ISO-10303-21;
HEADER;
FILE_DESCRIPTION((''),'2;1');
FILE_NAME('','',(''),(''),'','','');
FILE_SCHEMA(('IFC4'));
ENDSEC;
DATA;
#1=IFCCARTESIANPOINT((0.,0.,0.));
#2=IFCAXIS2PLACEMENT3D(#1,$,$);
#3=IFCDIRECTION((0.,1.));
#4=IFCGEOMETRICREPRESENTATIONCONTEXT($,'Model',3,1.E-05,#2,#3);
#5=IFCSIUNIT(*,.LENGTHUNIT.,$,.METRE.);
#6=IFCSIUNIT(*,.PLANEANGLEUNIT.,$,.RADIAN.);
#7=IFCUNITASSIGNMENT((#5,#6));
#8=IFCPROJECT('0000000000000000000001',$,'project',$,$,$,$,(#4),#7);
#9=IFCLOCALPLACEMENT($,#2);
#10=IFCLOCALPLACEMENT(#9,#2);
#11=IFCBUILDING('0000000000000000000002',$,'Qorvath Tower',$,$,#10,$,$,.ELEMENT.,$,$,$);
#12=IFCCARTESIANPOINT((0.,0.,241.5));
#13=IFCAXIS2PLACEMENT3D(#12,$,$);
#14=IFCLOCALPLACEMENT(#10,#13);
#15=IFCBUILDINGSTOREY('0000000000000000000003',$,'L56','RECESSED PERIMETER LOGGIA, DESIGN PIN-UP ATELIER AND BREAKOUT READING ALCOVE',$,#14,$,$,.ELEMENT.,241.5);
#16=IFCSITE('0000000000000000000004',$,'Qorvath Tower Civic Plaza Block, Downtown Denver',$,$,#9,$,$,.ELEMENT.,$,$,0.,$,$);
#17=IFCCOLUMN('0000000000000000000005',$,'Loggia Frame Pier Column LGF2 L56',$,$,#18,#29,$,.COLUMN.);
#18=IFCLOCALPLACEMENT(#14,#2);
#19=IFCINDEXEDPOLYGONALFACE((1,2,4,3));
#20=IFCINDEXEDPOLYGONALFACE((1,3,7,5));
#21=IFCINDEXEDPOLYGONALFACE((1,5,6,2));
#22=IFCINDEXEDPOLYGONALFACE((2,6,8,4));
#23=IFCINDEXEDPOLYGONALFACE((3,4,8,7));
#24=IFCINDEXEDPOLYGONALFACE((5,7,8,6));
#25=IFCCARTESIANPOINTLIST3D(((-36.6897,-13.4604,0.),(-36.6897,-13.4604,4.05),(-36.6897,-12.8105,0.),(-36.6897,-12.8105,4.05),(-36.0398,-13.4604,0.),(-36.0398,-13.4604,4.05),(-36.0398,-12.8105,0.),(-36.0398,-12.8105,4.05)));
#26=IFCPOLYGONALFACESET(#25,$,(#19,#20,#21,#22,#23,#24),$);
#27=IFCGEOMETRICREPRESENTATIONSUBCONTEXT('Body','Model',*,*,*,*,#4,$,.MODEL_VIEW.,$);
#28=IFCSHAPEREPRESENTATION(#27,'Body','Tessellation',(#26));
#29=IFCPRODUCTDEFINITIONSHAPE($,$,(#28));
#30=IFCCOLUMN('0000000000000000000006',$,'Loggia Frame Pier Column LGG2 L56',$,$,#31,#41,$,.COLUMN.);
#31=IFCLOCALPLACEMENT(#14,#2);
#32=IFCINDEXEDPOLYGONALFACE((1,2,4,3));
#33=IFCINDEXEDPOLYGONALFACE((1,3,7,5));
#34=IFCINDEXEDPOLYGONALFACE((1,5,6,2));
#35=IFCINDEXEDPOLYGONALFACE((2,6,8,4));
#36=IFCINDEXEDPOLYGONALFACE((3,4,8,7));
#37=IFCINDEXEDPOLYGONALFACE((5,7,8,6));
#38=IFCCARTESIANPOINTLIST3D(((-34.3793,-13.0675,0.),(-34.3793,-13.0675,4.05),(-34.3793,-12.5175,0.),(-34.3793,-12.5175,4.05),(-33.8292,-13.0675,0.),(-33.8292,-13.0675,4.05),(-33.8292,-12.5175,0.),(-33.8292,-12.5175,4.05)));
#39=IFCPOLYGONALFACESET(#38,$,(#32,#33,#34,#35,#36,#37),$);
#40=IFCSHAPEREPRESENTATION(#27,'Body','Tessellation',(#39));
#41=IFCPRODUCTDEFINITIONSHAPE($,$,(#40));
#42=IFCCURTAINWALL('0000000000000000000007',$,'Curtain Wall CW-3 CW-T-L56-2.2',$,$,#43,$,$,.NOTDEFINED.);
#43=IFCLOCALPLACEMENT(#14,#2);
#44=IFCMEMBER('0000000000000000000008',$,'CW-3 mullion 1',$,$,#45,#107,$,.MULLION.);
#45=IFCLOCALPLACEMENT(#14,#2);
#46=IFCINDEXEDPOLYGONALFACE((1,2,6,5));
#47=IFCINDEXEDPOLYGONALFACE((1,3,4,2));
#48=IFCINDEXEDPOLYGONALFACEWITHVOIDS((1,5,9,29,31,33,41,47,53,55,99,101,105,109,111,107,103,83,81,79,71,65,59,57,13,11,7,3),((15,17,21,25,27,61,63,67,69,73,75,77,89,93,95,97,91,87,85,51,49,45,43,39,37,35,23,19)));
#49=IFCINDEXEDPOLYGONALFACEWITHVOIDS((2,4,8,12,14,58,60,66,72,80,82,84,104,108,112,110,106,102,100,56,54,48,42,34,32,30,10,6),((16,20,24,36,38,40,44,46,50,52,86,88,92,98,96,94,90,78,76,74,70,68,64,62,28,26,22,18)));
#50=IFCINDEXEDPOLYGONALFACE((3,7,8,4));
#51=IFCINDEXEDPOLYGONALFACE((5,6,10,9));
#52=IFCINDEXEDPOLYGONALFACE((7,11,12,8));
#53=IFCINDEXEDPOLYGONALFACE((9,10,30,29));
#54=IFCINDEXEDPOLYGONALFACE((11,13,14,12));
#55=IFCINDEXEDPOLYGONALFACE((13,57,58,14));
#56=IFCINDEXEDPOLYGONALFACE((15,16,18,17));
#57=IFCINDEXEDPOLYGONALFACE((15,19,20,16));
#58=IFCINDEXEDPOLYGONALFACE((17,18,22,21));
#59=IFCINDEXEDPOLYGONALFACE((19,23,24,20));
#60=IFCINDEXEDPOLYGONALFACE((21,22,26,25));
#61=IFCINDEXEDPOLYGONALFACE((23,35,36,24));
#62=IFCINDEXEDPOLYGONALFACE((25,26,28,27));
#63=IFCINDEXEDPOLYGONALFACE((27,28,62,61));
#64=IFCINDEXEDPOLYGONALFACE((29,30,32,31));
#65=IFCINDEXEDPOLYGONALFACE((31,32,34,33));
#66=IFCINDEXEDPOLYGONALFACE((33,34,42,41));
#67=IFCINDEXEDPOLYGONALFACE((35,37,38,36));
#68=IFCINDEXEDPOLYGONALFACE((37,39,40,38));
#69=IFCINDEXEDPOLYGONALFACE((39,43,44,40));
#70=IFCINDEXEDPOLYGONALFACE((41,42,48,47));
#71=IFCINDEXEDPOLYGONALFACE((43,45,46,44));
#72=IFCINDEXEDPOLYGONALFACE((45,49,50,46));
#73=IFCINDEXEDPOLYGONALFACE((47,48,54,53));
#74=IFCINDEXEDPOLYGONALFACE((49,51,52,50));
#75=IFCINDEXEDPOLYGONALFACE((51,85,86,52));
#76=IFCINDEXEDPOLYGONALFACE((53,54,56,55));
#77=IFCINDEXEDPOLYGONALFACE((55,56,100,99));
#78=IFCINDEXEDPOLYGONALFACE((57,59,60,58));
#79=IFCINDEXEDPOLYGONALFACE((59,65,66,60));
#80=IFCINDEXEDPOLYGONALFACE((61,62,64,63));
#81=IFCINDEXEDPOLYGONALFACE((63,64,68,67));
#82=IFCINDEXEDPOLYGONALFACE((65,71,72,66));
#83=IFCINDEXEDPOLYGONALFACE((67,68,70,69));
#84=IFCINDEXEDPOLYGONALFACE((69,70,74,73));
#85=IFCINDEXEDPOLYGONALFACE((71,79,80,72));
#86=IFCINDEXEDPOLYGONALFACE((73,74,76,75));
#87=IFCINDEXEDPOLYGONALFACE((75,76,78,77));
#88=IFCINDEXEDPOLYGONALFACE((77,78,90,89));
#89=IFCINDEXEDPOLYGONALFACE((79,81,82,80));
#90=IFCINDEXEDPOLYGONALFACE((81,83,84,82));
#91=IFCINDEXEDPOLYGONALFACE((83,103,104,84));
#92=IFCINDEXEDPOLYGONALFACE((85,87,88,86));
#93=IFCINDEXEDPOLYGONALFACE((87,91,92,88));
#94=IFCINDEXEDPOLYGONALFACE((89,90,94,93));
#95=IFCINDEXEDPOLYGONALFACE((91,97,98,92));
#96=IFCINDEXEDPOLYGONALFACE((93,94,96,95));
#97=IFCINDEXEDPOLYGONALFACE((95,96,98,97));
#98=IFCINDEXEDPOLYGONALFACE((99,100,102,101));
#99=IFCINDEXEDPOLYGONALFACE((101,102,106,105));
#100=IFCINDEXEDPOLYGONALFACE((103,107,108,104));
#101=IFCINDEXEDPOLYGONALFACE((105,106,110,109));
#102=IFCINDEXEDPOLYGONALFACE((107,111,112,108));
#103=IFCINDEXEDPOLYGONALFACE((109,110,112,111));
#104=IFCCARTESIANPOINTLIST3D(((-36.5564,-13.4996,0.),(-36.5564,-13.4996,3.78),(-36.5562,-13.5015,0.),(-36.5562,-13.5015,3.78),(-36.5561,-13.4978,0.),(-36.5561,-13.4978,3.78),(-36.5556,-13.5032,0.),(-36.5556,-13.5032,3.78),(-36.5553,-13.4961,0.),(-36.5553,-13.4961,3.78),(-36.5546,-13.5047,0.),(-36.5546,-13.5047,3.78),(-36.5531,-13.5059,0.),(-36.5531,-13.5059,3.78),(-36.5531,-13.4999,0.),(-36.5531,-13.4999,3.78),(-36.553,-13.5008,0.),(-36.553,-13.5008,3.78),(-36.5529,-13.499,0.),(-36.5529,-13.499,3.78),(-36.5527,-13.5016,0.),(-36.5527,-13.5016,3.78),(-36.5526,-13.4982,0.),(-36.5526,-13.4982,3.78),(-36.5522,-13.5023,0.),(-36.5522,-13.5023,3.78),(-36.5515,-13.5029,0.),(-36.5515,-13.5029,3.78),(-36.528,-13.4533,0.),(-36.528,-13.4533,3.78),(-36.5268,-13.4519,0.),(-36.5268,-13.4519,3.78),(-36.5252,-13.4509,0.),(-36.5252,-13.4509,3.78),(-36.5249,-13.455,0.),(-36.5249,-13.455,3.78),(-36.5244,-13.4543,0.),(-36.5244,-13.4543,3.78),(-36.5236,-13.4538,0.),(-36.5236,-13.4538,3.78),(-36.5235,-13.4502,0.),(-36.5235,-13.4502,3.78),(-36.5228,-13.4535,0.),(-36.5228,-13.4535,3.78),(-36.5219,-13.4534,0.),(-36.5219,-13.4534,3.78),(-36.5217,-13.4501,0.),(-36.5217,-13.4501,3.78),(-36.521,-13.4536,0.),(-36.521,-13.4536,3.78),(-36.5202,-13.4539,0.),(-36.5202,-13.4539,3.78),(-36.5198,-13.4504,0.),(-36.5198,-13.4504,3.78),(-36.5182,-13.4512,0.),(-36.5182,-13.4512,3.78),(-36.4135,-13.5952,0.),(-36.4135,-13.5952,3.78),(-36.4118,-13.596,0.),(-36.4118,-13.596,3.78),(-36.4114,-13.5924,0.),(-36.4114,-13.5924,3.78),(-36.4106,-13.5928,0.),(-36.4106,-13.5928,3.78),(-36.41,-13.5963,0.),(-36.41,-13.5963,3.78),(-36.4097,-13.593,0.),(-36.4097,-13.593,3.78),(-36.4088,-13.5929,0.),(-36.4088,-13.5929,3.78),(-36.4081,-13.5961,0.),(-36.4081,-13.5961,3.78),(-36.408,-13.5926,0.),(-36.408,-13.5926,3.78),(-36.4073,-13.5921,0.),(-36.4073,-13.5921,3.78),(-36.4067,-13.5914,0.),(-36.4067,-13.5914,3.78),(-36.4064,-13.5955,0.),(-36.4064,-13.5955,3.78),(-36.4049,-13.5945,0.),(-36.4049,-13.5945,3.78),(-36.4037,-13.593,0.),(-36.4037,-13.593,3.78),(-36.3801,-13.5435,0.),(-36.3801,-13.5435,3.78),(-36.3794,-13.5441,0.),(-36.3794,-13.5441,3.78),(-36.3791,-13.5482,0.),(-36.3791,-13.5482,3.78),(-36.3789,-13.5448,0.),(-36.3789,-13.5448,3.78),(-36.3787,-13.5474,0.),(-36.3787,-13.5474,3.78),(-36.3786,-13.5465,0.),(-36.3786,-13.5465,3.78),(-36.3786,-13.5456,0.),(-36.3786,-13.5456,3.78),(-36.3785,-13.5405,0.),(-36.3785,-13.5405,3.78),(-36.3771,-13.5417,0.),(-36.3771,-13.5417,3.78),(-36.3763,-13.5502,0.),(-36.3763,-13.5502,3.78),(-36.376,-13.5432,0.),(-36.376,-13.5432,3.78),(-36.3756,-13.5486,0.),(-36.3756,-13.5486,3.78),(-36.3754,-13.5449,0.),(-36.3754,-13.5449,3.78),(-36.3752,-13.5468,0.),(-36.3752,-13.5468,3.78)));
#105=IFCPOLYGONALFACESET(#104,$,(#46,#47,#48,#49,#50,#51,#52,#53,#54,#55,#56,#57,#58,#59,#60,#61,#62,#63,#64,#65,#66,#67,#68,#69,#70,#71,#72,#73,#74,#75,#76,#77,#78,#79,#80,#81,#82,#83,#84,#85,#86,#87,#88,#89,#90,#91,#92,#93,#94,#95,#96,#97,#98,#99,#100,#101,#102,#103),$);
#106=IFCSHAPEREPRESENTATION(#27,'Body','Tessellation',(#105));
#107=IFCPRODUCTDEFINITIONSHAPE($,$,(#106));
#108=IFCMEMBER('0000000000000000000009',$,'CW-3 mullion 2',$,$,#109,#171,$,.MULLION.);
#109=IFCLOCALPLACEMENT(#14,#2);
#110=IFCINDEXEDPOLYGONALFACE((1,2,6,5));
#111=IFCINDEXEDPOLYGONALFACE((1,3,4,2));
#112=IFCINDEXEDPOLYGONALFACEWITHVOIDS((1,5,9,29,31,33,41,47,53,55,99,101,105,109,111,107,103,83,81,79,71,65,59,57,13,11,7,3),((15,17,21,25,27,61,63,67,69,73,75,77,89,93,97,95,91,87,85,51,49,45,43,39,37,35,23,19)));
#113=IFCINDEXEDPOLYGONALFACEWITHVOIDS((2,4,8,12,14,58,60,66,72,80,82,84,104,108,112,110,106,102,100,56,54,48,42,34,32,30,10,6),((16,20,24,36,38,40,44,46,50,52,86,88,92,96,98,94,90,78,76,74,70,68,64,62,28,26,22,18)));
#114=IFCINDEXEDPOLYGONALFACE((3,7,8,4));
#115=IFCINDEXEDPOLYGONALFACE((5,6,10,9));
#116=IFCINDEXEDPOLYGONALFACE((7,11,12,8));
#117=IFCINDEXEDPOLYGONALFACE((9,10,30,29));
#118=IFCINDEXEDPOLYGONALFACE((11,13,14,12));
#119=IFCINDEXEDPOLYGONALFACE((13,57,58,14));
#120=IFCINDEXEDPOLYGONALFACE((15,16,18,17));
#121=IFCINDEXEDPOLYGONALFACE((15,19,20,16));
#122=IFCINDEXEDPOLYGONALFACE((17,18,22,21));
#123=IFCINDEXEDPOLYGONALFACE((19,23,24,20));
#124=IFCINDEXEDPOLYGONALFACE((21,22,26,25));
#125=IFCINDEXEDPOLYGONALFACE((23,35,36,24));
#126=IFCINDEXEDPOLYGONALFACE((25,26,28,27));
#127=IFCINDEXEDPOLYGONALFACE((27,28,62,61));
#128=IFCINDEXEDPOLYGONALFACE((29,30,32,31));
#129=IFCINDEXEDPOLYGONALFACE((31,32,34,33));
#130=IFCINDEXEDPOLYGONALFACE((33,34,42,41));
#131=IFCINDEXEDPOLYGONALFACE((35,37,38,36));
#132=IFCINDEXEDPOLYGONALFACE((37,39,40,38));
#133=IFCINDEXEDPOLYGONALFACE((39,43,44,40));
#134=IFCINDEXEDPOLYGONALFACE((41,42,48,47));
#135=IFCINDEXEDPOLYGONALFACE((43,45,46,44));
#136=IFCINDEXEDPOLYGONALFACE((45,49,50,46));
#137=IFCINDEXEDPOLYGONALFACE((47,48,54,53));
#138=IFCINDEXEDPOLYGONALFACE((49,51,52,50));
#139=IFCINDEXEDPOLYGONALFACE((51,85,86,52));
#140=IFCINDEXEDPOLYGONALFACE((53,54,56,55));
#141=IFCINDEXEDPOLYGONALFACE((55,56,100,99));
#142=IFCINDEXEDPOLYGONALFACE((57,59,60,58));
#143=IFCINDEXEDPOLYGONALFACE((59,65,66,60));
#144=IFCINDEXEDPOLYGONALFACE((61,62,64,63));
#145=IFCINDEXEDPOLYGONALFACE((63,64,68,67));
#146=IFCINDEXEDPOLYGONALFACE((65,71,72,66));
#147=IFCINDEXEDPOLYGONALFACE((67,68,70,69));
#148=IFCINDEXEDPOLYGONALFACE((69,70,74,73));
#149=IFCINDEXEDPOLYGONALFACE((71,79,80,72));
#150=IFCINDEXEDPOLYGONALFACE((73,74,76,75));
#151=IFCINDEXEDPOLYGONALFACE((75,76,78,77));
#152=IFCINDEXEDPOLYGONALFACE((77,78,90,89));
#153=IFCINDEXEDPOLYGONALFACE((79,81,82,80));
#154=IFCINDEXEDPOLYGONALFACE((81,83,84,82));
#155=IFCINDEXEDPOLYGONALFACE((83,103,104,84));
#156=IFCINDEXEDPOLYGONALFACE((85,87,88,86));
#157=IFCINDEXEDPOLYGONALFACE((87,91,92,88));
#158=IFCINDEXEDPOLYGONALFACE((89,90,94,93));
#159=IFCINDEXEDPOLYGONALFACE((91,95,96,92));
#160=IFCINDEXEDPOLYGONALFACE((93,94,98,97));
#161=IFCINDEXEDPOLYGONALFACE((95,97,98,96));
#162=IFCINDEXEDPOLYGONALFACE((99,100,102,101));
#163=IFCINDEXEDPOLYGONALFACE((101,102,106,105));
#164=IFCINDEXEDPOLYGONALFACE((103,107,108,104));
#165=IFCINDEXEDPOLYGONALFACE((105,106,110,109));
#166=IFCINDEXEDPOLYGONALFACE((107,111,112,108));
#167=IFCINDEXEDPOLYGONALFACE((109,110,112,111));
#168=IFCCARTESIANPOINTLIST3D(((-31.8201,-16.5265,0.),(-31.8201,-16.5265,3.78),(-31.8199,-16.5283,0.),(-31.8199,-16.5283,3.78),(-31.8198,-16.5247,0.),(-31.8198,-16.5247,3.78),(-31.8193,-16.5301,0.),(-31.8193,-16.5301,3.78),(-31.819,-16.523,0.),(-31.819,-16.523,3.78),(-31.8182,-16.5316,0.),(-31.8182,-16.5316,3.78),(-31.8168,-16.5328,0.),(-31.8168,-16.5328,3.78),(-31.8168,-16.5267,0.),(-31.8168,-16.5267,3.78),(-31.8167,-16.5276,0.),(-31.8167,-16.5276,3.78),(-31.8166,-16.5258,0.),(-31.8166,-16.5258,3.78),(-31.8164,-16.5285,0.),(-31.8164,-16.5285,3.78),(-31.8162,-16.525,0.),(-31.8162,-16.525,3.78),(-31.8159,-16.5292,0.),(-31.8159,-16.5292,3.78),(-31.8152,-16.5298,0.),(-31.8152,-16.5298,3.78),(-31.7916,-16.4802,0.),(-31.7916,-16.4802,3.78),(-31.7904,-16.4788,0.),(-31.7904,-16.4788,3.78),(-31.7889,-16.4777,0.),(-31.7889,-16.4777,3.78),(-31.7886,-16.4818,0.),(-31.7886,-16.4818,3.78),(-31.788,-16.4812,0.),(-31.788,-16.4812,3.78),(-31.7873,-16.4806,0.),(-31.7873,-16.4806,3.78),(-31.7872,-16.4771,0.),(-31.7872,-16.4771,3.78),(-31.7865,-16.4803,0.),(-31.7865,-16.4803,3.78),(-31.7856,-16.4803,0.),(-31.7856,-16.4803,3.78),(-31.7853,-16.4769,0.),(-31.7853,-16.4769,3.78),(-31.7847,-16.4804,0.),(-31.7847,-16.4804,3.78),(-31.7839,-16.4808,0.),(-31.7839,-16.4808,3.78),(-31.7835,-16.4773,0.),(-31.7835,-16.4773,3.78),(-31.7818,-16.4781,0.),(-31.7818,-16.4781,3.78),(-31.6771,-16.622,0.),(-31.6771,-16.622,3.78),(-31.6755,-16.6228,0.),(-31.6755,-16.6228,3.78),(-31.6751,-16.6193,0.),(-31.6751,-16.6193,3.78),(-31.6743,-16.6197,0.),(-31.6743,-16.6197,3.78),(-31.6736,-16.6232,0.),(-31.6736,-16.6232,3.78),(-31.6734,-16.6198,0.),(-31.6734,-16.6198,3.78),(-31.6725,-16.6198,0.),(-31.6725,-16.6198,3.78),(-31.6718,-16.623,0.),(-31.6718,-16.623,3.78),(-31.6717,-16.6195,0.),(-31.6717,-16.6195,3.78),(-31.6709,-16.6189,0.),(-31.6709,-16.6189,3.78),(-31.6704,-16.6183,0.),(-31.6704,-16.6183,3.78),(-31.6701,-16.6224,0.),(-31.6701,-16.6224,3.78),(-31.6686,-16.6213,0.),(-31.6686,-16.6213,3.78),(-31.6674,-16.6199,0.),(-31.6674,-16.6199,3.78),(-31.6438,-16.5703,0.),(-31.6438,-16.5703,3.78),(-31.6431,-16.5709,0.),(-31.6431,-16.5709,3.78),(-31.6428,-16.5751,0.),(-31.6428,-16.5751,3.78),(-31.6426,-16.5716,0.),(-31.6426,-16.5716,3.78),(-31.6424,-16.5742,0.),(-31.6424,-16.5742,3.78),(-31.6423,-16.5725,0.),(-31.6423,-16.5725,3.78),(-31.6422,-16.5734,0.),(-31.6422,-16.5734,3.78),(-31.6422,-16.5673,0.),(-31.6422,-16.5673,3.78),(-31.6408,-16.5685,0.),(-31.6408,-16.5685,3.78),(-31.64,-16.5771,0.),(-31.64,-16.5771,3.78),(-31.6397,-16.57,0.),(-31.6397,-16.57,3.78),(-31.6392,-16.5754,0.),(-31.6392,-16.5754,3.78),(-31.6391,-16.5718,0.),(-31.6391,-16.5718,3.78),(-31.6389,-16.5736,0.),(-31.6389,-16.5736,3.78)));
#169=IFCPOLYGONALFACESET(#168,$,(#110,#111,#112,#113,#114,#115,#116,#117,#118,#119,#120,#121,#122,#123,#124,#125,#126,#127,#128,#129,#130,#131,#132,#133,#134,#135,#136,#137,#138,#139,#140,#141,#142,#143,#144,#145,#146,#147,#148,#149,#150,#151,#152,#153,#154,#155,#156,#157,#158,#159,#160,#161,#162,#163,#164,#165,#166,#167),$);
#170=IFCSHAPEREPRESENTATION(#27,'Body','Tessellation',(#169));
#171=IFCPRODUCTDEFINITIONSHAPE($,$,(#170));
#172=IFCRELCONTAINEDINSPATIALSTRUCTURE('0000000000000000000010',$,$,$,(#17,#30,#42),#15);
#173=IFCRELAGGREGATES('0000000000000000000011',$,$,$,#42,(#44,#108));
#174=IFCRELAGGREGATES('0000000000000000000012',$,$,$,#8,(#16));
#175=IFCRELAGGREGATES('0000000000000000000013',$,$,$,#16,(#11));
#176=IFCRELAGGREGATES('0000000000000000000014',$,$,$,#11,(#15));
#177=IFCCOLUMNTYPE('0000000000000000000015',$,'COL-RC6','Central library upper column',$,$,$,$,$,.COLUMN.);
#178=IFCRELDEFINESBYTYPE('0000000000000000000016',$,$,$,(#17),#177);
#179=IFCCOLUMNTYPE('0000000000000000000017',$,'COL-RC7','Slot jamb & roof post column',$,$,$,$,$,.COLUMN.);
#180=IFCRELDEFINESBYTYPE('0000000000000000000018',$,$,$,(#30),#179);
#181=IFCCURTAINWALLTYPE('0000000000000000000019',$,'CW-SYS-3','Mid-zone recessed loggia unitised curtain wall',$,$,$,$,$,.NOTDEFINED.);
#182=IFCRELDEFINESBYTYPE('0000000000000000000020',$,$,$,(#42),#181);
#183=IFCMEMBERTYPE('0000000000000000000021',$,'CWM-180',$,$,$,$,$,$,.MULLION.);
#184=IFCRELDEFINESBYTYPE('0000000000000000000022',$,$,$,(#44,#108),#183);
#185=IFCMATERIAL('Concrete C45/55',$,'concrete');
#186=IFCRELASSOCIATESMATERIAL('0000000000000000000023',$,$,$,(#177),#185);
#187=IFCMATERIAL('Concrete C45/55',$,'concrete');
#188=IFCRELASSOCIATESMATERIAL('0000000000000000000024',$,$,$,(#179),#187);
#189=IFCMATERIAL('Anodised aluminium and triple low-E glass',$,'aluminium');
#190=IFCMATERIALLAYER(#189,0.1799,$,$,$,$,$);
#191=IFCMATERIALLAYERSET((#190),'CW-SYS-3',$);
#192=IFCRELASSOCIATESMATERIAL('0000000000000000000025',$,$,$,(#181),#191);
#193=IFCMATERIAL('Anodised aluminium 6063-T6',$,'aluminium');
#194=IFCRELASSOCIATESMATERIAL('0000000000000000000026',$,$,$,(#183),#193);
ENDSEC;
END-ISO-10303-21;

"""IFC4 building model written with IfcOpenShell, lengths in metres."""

from ifc_helpers import new_model, si_unit, direction, frame, origin, origin_2d, place, context, subcontext, project, spatial, rectangle, hollow_rectangle, extrude, material, layer, layer_set, material_profile, profile_set, type_object, element, aggregate, save


model = new_model("IFC4")

# Units and contexts
model_context = context("Model", 3, precision=1e-05, world=origin(), true_north=direction((0.0, 1.0)))
body_context = subcontext(model_context, "Body", "Model", "MODEL_VIEW")
ifc_project = project(units=[si_unit("LENGTHUNIT", "METRE"), si_unit("PLANEANGLEUNIT", "RADIAN")], contexts=[model_context])

# Site, building, storey
site_placement = place(None, origin())
site = spatial("IfcSite", under=ifc_project, at=site_placement, Name="Qorvath Tower Civic Plaza Block, Downtown Denver", CompositionType="ELEMENT", RefElevation=0.0)
building_placement = place(site_placement, origin())
building = spatial("IfcBuilding", under=site, at=building_placement, Name="Qorvath Tower", CompositionType="ELEMENT")
storey_placement = place(building_placement, frame((0.0, 0.0, 241.5)))
storey = spatial("IfcBuildingStorey", under=building, at=storey_placement, Name="L56", Description="RECESSED PERIMETER LOGGIA, DESIGN PIN-UP ATELIER AND BREAKOUT READING ALCOVE", CompositionType="ELEMENT", Elevation=241.5)

# Columns
ifc_material_1 = material(Name="Concrete C45/55", Category="concrete")
ifc_material_profile_1 = material_profile(ifc_material_1, rectangle(XDim=0.6499, YDim=0.6499, at=origin_2d()), Name="RC 650x650")
ifc_profile_set_1 = profile_set([ifc_material_profile_1], Name="Concrete C45/55")
column_type_1 = type_object("IfcColumnType", Name="COL-RC6", Description="Central library upper column", PredefinedType="COLUMN", material=ifc_profile_set_1)
column_1_placement = place(storey_placement, frame((-36.3647, -13.1355, 0.0), z_axis=(0.0, 0.0, 1.0), x_axis=(1.0, 0.0, 0.0)))
element("IfcColumn", 1, at=column_1_placement, inside=storey, type_object=column_type_1, Name="Loggia Frame Pier Column LGF2 L56", PredefinedType="COLUMN", context=body_context, shape_type="SweptSolid", body=[
    extrude(rectangle(XDim=0.6499, YDim=0.6499, at=origin_2d()), origin(), (0.0, 0.0, 1.0), 4.05),
])
ifc_material_2 = material(Name="Concrete C45/55", Category="concrete")
ifc_material_profile_2 = material_profile(ifc_material_2, rectangle(XDim=0.55, YDim=0.55, at=origin_2d()), Name="RC 550x550")
ifc_profile_set_2 = profile_set([ifc_material_profile_2], Name="Concrete C45/55")
column_type_2 = type_object("IfcColumnType", Name="COL-RC7", Description="Slot jamb & roof post column", PredefinedType="COLUMN", material=ifc_profile_set_2)
column_2_placement = place(storey_placement, frame((-34.1042, -12.7925, 0.0), z_axis=(0.0, 0.0, 1.0), x_axis=(1.0, 0.0, 0.0)))
element("IfcColumn", 2, at=column_2_placement, inside=storey, type_object=column_type_2, Name="Loggia Frame Pier Column LGG2 L56", PredefinedType="COLUMN", context=body_context, shape_type="SweptSolid", body=[
    extrude(rectangle(XDim=0.55, YDim=0.55, at=origin_2d()), origin(), (0.0, 0.0, 1.0), 4.05),
])

# Curtain wall, members
ifc_material_3 = material(Name="Anodised aluminium and triple low-E glass", Category="aluminium")
ifc_layer_1 = layer(ifc_material_3, 0.1799)
ifc_layer_set_1 = layer_set([ifc_layer_1], Name="CW-SYS-3")
curtain_wall_type = type_object("IfcCurtainWallType", Name="CW-SYS-3", Description="Mid-zone recessed loggia unitised curtain wall", PredefinedType="NOTDEFINED", material=ifc_layer_set_1)
curtain_wall_placement = place(storey_placement, origin())
curtain_wall = element("IfcCurtainWall", 3, at=curtain_wall_placement, inside=storey, type_object=curtain_wall_type, Name="Curtain Wall CW-3 CW-T-L56-2.2", PredefinedType="NOTDEFINED")
ifc_material_4 = material(Name="Anodised aluminium 6063-T6", Category="aluminium")
ifc_material_profile_3 = material_profile(ifc_material_4, hollow_rectangle(XDim=0.0649, YDim=0.1799, WallThickness=0.0034, InnerFilletRadius=0.0034, OuterFilletRadius=0.0071, at=origin_2d()), Name="CWM 180x65")
ifc_profile_set_3 = profile_set([ifc_material_profile_3], Name="Anodised aluminium 6063-T6")
member_type_1 = type_object("IfcMemberType", Name="CWM-180", PredefinedType="MULLION", material=ifc_profile_set_3)
member_1_placement = place(storey_placement, frame((-36.4658, -13.5232, 0.0), z_axis=(0.0, 0.0, 1.0), x_axis=(0.53853, 0.842606, 0.0)))
member_1 = element("IfcMember", 4, at=member_1_placement, type_object=member_type_1, Name="CW-3 mullion 1", PredefinedType="MULLION", context=body_context, shape_type="SweptSolid", body=[
    extrude(hollow_rectangle(XDim=0.0649, YDim=0.1799, WallThickness=0.0034, InnerFilletRadius=0.0034, OuterFilletRadius=0.0071, at=origin_2d()), origin(), (0.0, 0.0, 1.0), 3.78),
])
member_2_placement = place(storey_placement, frame((-31.7295, -16.55, 0.0), z_axis=(0.0, 0.0, 1.0), x_axis=(0.53853, 0.842606, 0.0)))
member_2 = element("IfcMember", 5, at=member_2_placement, type_object=member_type_1, Name="CW-3 mullion 2", PredefinedType="MULLION", context=body_context, shape_type="SweptSolid", body=[
    extrude(hollow_rectangle(XDim=0.0649, YDim=0.1799, WallThickness=0.0034, InnerFilletRadius=0.0034, OuterFilletRadius=0.0071, at=origin_2d()), origin(), (0.0, 0.0, 1.0), 3.78),
])
aggregate(curtain_wall, [member_1, member_2])

save(model, "model.ifc")
